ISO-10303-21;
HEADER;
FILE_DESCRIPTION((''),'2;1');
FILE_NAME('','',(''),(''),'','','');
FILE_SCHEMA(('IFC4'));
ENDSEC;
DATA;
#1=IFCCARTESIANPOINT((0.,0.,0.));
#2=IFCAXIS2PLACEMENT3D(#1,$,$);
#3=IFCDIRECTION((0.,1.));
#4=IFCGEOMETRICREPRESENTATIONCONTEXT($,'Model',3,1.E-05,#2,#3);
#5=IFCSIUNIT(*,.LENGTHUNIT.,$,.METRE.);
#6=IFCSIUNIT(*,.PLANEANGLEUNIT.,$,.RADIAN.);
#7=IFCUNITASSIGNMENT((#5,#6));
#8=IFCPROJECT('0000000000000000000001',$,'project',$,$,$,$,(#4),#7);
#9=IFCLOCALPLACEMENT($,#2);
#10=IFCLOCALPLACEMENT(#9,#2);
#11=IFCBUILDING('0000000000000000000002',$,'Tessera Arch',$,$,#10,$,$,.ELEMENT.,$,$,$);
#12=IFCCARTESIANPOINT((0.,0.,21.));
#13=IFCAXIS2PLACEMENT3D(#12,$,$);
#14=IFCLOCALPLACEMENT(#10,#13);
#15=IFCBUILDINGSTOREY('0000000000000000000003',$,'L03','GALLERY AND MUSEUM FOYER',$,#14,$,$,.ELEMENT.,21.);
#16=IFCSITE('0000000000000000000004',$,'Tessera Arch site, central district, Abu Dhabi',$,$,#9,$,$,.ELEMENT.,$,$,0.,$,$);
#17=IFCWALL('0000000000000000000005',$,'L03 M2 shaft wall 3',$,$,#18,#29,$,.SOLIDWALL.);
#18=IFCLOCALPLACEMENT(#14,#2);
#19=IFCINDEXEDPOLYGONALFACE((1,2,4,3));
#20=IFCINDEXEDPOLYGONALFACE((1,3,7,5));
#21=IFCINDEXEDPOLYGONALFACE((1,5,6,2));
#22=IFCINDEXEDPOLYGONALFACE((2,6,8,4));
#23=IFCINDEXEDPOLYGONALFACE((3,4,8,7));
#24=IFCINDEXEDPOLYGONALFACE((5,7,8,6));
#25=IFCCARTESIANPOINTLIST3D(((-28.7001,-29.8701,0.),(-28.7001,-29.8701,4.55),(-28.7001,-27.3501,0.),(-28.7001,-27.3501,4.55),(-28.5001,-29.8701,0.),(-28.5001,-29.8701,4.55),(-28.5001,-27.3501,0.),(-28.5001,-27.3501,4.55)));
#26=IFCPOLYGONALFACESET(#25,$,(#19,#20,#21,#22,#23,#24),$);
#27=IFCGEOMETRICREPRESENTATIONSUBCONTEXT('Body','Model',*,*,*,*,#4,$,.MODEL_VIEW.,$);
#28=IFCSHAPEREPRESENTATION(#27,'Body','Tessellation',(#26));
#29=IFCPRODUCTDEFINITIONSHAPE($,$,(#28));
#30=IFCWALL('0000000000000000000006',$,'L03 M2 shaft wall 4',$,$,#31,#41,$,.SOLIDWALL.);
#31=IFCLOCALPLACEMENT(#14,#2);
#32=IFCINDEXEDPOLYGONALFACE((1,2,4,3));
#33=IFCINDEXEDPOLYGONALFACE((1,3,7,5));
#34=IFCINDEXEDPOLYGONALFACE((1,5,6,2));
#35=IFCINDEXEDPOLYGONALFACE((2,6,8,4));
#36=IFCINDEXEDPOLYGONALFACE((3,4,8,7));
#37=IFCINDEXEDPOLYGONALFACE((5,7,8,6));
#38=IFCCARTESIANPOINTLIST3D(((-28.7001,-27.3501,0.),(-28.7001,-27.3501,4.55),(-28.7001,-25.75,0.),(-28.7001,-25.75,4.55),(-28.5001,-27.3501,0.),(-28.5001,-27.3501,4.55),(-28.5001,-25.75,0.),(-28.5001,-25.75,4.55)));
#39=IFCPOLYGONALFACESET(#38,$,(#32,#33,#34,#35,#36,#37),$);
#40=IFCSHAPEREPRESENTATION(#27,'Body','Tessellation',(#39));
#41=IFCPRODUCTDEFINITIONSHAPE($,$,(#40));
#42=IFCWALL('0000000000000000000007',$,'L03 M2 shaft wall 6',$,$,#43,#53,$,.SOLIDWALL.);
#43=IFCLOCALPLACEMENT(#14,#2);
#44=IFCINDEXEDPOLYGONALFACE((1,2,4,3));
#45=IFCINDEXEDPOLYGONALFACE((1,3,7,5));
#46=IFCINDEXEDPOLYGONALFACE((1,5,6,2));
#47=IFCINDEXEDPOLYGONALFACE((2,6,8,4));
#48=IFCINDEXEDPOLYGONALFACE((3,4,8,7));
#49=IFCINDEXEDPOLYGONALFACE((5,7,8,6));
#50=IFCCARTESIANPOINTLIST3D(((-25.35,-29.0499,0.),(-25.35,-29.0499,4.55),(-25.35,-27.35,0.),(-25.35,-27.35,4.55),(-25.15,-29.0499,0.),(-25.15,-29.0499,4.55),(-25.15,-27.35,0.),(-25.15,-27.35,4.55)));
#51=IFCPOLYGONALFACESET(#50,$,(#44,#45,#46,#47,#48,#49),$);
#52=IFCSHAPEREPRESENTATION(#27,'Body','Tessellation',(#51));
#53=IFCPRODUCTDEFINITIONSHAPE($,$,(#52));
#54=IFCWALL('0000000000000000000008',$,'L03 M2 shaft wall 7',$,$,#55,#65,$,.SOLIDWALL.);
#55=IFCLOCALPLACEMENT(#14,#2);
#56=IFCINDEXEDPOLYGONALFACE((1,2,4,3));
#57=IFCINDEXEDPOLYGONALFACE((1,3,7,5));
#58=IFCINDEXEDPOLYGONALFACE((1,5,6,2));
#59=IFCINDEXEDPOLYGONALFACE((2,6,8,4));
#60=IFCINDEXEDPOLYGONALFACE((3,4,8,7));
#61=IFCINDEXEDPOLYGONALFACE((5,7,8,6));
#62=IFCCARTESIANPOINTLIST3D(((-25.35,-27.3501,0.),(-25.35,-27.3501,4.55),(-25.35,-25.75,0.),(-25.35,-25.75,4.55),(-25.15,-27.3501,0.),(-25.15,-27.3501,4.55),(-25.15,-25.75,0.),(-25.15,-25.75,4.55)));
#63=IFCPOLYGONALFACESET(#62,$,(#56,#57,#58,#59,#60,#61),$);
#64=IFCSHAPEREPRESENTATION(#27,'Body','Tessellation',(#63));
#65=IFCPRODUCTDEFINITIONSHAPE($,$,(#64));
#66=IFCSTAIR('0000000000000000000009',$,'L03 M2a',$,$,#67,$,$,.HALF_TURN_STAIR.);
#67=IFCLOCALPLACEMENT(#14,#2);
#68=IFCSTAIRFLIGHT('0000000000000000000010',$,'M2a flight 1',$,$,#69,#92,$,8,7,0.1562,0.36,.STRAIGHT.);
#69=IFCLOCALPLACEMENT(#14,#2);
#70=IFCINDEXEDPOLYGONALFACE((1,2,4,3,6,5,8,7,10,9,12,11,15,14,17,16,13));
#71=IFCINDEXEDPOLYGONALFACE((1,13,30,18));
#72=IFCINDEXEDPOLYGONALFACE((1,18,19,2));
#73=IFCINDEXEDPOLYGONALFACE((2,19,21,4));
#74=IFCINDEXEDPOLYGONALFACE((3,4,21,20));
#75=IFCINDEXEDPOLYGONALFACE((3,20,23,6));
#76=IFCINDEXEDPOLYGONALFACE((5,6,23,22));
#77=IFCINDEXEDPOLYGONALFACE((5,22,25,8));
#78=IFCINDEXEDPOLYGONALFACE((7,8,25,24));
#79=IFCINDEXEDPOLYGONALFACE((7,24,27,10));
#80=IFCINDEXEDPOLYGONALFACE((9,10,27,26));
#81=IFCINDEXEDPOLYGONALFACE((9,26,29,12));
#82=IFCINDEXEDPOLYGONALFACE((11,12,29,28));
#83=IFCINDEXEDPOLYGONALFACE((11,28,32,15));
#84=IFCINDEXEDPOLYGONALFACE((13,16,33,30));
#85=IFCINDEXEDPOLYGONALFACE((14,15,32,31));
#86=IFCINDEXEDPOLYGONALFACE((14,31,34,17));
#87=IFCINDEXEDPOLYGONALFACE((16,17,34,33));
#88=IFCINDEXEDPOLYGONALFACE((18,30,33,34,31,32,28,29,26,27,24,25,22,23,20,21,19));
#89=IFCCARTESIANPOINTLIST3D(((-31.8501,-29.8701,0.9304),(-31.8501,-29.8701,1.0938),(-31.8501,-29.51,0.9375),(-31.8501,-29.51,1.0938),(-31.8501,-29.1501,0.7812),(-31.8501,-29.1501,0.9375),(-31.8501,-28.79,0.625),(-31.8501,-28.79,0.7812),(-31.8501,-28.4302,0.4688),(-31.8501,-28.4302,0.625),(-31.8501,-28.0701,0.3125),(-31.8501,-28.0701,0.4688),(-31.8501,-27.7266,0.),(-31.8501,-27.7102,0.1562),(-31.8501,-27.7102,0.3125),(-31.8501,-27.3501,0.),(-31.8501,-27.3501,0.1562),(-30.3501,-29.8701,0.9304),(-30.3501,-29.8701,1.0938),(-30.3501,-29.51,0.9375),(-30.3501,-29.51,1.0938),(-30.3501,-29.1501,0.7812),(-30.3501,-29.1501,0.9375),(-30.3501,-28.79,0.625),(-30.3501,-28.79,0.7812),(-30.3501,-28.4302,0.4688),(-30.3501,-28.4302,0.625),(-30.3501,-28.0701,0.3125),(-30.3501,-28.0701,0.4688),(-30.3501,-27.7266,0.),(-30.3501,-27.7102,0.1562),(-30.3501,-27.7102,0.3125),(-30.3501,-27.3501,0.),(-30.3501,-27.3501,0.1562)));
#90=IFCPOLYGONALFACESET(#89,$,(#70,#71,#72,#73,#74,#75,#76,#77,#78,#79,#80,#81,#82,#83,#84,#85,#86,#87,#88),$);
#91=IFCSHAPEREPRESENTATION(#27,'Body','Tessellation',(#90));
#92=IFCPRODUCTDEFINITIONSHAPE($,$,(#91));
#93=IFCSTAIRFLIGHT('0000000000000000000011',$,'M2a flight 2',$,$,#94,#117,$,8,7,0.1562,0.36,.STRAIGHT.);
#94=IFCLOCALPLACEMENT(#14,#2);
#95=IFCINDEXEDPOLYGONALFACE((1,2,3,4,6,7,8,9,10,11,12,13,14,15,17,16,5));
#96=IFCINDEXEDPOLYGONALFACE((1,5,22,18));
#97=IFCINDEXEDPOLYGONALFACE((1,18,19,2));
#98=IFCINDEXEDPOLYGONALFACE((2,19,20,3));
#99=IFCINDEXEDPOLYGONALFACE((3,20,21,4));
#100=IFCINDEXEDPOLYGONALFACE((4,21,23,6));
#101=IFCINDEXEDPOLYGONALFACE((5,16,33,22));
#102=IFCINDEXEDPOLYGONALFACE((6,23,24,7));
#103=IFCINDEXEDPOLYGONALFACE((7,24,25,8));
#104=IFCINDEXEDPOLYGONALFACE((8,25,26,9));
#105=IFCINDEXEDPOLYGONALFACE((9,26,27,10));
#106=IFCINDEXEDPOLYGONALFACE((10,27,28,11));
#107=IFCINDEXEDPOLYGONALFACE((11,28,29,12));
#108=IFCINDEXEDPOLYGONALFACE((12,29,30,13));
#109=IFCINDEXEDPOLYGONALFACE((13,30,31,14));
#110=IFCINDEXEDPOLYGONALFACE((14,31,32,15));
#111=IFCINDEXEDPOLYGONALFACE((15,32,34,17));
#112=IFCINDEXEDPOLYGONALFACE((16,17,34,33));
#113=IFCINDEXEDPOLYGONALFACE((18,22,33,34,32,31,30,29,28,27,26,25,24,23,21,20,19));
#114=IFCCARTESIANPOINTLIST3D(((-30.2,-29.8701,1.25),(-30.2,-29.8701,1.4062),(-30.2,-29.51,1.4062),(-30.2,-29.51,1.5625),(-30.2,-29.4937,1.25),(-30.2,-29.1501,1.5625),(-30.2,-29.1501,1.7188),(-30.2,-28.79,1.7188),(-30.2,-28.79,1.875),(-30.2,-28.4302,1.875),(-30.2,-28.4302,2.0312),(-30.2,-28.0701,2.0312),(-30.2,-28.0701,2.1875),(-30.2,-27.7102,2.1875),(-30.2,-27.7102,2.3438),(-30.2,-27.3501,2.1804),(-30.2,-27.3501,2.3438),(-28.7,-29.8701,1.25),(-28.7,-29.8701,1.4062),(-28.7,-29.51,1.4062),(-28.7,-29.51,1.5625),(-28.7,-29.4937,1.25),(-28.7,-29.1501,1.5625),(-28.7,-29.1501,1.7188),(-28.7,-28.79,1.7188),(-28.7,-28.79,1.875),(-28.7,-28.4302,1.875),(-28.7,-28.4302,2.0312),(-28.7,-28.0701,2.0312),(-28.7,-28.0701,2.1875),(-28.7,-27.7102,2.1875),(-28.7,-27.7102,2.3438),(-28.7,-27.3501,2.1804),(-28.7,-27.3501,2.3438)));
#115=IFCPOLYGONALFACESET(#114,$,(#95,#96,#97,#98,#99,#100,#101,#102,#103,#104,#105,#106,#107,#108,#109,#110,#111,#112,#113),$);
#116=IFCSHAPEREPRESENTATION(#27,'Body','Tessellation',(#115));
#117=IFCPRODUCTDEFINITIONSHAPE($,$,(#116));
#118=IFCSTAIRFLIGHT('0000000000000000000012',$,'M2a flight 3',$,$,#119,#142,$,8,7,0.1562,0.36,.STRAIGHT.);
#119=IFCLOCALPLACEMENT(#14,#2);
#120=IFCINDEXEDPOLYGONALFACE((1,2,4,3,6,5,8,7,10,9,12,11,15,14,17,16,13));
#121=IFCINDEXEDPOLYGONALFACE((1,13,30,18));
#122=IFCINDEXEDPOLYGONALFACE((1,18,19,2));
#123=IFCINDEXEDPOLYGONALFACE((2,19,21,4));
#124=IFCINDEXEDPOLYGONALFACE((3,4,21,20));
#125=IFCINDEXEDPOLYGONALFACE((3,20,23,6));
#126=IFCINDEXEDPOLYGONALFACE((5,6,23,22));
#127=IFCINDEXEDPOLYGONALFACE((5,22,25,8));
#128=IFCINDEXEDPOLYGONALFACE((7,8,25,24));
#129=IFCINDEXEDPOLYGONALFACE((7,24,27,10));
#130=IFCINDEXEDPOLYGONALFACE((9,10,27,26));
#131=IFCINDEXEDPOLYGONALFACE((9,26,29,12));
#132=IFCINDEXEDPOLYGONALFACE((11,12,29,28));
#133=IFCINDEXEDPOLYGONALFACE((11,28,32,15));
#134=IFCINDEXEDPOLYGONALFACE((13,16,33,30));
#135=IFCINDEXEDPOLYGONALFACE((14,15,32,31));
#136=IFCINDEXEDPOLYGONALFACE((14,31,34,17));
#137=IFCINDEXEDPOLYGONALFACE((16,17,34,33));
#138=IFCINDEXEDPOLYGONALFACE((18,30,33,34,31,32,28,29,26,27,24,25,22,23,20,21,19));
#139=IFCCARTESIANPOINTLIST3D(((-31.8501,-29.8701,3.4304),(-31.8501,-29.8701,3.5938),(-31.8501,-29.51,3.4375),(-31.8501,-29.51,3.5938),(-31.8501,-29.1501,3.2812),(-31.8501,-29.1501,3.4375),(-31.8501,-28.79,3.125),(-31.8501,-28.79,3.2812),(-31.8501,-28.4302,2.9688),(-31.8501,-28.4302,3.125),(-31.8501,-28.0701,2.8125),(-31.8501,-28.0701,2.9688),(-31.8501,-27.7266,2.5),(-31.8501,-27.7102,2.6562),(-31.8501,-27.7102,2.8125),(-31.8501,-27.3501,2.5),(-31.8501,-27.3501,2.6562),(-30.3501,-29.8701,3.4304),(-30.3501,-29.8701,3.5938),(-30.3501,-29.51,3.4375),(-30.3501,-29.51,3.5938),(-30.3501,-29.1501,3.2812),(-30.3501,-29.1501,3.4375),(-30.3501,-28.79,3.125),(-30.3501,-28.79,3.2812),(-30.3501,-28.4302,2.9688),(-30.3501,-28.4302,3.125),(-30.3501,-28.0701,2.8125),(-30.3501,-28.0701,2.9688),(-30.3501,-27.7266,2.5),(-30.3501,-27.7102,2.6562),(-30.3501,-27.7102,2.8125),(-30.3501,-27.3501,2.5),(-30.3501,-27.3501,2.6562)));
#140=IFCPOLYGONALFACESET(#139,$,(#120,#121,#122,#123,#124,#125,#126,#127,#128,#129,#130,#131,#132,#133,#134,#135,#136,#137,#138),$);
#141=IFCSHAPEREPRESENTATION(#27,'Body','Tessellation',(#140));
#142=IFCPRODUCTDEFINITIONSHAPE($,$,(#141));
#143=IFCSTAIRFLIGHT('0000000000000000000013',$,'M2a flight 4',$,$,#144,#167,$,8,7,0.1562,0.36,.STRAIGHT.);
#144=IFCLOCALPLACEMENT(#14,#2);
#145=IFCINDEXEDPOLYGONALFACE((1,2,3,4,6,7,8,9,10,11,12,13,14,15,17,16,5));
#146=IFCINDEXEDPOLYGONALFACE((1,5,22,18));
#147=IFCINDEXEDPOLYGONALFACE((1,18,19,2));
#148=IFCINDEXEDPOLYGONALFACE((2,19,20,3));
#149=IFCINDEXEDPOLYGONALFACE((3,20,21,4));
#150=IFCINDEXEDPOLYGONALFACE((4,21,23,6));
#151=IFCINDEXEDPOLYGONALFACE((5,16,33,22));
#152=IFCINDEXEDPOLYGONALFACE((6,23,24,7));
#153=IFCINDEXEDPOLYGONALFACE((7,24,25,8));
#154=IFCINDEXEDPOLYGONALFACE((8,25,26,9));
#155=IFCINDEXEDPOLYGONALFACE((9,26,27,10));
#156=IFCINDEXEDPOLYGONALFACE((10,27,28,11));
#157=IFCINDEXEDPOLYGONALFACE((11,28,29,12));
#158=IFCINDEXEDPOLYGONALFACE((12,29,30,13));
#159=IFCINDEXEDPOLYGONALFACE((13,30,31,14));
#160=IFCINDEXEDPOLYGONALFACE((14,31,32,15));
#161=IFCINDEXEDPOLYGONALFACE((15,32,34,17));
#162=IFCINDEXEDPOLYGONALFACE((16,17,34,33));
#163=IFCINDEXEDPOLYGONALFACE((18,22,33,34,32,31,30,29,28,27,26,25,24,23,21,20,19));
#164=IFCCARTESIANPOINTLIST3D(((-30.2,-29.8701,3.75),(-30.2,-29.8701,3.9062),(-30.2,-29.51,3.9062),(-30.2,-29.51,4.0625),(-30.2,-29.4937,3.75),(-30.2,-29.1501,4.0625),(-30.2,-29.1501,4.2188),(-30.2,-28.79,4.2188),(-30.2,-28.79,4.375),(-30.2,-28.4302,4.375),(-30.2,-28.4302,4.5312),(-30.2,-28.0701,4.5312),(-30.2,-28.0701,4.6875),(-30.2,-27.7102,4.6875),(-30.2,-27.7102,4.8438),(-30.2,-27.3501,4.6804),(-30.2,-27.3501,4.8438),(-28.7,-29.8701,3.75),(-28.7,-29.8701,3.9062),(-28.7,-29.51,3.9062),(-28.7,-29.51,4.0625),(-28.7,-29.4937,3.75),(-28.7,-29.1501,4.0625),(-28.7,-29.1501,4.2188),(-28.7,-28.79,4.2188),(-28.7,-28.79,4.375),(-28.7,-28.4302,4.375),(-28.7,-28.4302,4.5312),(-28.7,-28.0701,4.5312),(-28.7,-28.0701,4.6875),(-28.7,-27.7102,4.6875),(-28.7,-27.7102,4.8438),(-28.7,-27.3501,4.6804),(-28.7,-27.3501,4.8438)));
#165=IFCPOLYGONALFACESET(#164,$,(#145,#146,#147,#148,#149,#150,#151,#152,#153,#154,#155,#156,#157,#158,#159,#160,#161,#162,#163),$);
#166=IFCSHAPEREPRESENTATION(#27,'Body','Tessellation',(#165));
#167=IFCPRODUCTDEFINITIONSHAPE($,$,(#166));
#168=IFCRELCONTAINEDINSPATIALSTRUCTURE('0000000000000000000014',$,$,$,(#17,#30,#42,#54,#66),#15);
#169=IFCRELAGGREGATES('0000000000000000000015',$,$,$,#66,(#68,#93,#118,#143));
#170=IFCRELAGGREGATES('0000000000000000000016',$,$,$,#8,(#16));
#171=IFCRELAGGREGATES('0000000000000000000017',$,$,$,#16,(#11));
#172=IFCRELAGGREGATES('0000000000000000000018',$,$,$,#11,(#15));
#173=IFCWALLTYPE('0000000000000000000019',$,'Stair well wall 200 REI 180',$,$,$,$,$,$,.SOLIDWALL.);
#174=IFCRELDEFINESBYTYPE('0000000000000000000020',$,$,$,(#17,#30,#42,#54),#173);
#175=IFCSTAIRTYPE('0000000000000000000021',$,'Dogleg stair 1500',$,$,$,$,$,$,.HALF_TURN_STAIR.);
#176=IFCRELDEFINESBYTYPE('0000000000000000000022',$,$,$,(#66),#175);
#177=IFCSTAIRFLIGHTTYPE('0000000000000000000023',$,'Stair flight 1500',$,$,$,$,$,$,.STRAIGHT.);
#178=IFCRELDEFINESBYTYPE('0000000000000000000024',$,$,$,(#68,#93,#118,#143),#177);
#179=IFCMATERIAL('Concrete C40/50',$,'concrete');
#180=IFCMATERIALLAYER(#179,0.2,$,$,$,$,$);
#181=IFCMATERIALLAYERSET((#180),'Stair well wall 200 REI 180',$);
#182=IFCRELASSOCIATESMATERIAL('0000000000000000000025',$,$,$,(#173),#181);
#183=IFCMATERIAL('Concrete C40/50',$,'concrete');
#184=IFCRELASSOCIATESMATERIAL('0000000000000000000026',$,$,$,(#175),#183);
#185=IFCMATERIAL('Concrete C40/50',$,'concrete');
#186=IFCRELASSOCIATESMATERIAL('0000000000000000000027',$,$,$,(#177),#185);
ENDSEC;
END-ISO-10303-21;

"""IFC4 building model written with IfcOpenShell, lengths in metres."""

from ifc_helpers import new_model, si_unit, direction, frame, frame_2d, origin, place, context, subcontext, project, spatial, polyline, rectangle, outline, extrude, material, layer, layer_set, type_object, element, aggregate, save


model = new_model("IFC4")

# Units and contexts
model_context = context("Model", 3, precision=1e-05, world=origin(), true_north=direction((0.0, 1.0)))
body_context = subcontext(model_context, "Body", "Model", "MODEL_VIEW")
ifc_project = project(units=[si_unit("LENGTHUNIT", "METRE"), si_unit("PLANEANGLEUNIT", "RADIAN")], contexts=[model_context])

# Site, building, storey
site_placement = place(None, origin())
site = spatial("IfcSite", under=ifc_project, at=site_placement, Name="Tessera Arch site, central district, Abu Dhabi", CompositionType="ELEMENT", RefElevation=0.0)
building_placement = place(site_placement, origin())
building = spatial("IfcBuilding", under=site, at=building_placement, Name="Tessera Arch", CompositionType="ELEMENT")
storey_placement = place(building_placement, frame((0.0, 0.0, 21.0)))
storey = spatial("IfcBuildingStorey", under=building, at=storey_placement, Name="L03", Description="GALLERY AND MUSEUM FOYER", CompositionType="ELEMENT", Elevation=21.0)

# Walls
ifc_material_1 = material(Name="Concrete C40/50", Category="concrete")
ifc_layer_1 = layer(ifc_material_1, 0.2)
ifc_layer_set_1 = layer_set([ifc_layer_1], Name="Stair well wall 200 REI 180")
wall_type_1 = type_object("IfcWallType", Name="Stair well wall 200 REI 180", PredefinedType="SOLIDWALL", material=ifc_layer_set_1)
wall_1_placement = place(storey_placement, frame((-28.6001, -29.8701, 0.0), z_axis=(0.0, 0.0, 1.0), x_axis=(0.0, 1.0, 0.0)))
element("IfcWall", 1, at=wall_1_placement, inside=storey, type_object=wall_type_1, Name="L03 M2 shaft wall 3", PredefinedType="SOLIDWALL", context=body_context, shape_type="SweptSolid", body=[
    extrude(rectangle(XDim=2.52, YDim=0.2, at=frame_2d((1.26, 0.0))), origin(), (0.0, 0.0, 1.0), 4.55),
])
wall_2_placement = place(storey_placement, frame((-28.6001, -27.3501, 0.0), z_axis=(0.0, 0.0, 1.0), x_axis=(0.0, 1.0, 0.0)))
element("IfcWall", 2, at=wall_2_placement, inside=storey, type_object=wall_type_1, Name="L03 M2 shaft wall 4", PredefinedType="SOLIDWALL", context=body_context, shape_type="SweptSolid", body=[
    extrude(rectangle(XDim=1.6001, YDim=0.2, at=frame_2d((0.8, 0.0))), origin(), (0.0, 0.0, 1.0), 4.55),
])
wall_3_placement = place(storey_placement, frame((-25.25, -29.05, 0.0), z_axis=(0.0, 0.0, 1.0), x_axis=(0.0, 1.0, 0.0)))
element("IfcWall", 3, at=wall_3_placement, inside=storey, type_object=wall_type_1, Name="L03 M2 shaft wall 6", PredefinedType="SOLIDWALL", context=body_context, shape_type="SweptSolid", body=[
    extrude(rectangle(XDim=1.7, YDim=0.2, at=frame_2d((0.8501, 0.0))), origin(), (0.0, 0.0, 1.0), 4.55),
])
wall_4_placement = place(storey_placement, frame((-25.25, -27.3501, 0.0), z_axis=(0.0, 0.0, 1.0), x_axis=(0.0, 1.0, 0.0)))
element("IfcWall", 4, at=wall_4_placement, inside=storey, type_object=wall_type_1, Name="L03 M2 shaft wall 7", PredefinedType="SOLIDWALL", context=body_context, shape_type="SweptSolid", body=[
    extrude(rectangle(XDim=1.6001, YDim=0.2, at=frame_2d((0.8, 0.0))), origin(), (0.0, 0.0, 1.0), 4.55),
])

# Stair, stair flights
ifc_material_2 = material(Name="Concrete C40/50", Category="concrete")
stair_type = type_object("IfcStairType", Name="Dogleg stair 1500", PredefinedType="HALF_TURN_STAIR", material=ifc_material_2)
stair_1_placement = place(storey_placement, origin())
stair_1 = element("IfcStair", 5, at=stair_1_placement, inside=storey, type_object=stair_type, Name="L03 M2a", PredefinedType="HALF_TURN_STAIR")
ifc_material_3 = material(Name="Concrete C40/50", Category="concrete")
stair_flight_type = type_object("IfcStairFlightType", Name="Stair flight 1500", PredefinedType="STRAIGHT", material=ifc_material_3)
stair_flight_1_placement = place(storey_placement, frame((-31.1001, -27.3501, 0.0), z_axis=(0.0, 0.0, 1.0), x_axis=(0.0, -1.0, 0.0)))
stair_flight_1 = element("IfcStairFlight", 6, at=stair_flight_1_placement, type_object=stair_flight_type, Name="M2a flight 1", NumberOfRisers=8, NumberOfTreads=7, PredefinedType="STRAIGHT", RiserHeight=0.1562, TreadLength=0.36, context=body_context, shape_type="SweptSolid", body=[
    extrude(outline(polyline([(0.0, 0.0), (0.0, 0.1562), (0.3601, 0.1562), (0.3601, 0.3125), (0.72, 0.3125), (0.72, 0.4688), (1.0801, 0.4688), (1.0801, 0.625), (1.4399, 0.625), (1.4399, 0.7812), (1.8, 0.7812), (1.8, 0.9375), (2.1599, 0.9375), (2.1599, 1.0938), (2.52, 1.0938), (2.52, 1.25), (2.52, 0.9304), (0.3765, 0.0), (0.0, 0.0)])), frame((0.0, 0.75, 0.0), z_axis=(0.0, -1.0, 0.0), x_axis=(1.0, 0.0, 0.0)), (0.0, 0.0, 1.0), 1.5),
])
stair_flight_2_placement = place(storey_placement, frame((-29.45, -29.8701, 1.25), z_axis=(0.0, 0.0, 1.0), x_axis=(0.0, 1.0, 0.0)))
stair_flight_2 = element("IfcStairFlight", 7, at=stair_flight_2_placement, type_object=stair_flight_type, Name="M2a flight 2", NumberOfRisers=8, NumberOfTreads=7, PredefinedType="STRAIGHT", RiserHeight=0.1562, TreadLength=0.36, context=body_context, shape_type="SweptSolid", body=[
    extrude(outline(polyline([(0.0, 0.0), (0.0, 0.1562), (0.3601, 0.1562), (0.3601, 0.3125), (0.72, 0.3125), (0.72, 0.4688), (1.0801, 0.4688), (1.0801, 0.625), (1.4399, 0.625), (1.4399, 0.7812), (1.8, 0.7812), (1.8, 0.9375), (2.1599, 0.9375), (2.1599, 1.0938), (2.52, 1.0938), (2.52, 1.25), (2.52, 0.9304), (0.3765, 0.0), (0.0, 0.0)])), frame((0.0, 0.75, 0.0), z_axis=(0.0, -1.0, 0.0), x_axis=(1.0, 0.0, 0.0)), (0.0, 0.0, 1.0), 1.5),
])
stair_flight_3_placement = place(storey_placement, frame((-31.1001, -27.3501, 2.5), z_axis=(0.0, 0.0, 1.0), x_axis=(0.0, -1.0, 0.0)))
stair_flight_3 = element("IfcStairFlight", 8, at=stair_flight_3_placement, type_object=stair_flight_type, Name="M2a flight 3", NumberOfRisers=8, NumberOfTreads=7, PredefinedType="STRAIGHT", RiserHeight=0.1562, TreadLength=0.36, context=body_context, shape_type="SweptSolid", body=[
    extrude(outline(polyline([(0.0, 0.0), (0.0, 0.1562), (0.3601, 0.1562), (0.3601, 0.3125), (0.72, 0.3125), (0.72, 0.4688), (1.0801, 0.4688), (1.0801, 0.625), (1.4399, 0.625), (1.4399, 0.7812), (1.8, 0.7812), (1.8, 0.9375), (2.1599, 0.9375), (2.1599, 1.0938), (2.52, 1.0938), (2.52, 1.25), (2.52, 0.9304), (0.3765, 0.0), (0.0, 0.0)])), frame((0.0, 0.75, 0.0), z_axis=(0.0, -1.0, 0.0), x_axis=(1.0, 0.0, 0.0)), (0.0, 0.0, 1.0), 1.5),
])
stair_flight_4_placement = place(storey_placement, frame((-29.45, -29.8701, 3.75), z_axis=(0.0, 0.0, 1.0), x_axis=(0.0, 1.0, 0.0)))
stair_flight_4 = element("IfcStairFlight", 9, at=stair_flight_4_placement, type_object=stair_flight_type, Name="M2a flight 4", NumberOfRisers=8, NumberOfTreads=7, PredefinedType="STRAIGHT", RiserHeight=0.1562, TreadLength=0.36, context=body_context, shape_type="SweptSolid", body=[
    extrude(outline(polyline([(0.0, 0.0), (0.0, 0.1562), (0.3601, 0.1562), (0.3601, 0.3125), (0.72, 0.3125), (0.72, 0.4688), (1.0801, 0.4688), (1.0801, 0.625), (1.4399, 0.625), (1.4399, 0.7812), (1.8, 0.7812), (1.8, 0.9375), (2.1599, 0.9375), (2.1599, 1.0938), (2.52, 1.0938), (2.52, 1.25), (2.52, 0.9304), (0.3765, 0.0), (0.0, 0.0)])), frame((0.0, 0.75, 0.0), z_axis=(0.0, -1.0, 0.0), x_axis=(1.0, 0.0, 0.0)), (0.0, 0.0, 1.0), 1.5),
])
aggregate(stair_1, [stair_flight_1, stair_flight_2, stair_flight_3, stair_flight_4])

save(model, "model.ifc")
